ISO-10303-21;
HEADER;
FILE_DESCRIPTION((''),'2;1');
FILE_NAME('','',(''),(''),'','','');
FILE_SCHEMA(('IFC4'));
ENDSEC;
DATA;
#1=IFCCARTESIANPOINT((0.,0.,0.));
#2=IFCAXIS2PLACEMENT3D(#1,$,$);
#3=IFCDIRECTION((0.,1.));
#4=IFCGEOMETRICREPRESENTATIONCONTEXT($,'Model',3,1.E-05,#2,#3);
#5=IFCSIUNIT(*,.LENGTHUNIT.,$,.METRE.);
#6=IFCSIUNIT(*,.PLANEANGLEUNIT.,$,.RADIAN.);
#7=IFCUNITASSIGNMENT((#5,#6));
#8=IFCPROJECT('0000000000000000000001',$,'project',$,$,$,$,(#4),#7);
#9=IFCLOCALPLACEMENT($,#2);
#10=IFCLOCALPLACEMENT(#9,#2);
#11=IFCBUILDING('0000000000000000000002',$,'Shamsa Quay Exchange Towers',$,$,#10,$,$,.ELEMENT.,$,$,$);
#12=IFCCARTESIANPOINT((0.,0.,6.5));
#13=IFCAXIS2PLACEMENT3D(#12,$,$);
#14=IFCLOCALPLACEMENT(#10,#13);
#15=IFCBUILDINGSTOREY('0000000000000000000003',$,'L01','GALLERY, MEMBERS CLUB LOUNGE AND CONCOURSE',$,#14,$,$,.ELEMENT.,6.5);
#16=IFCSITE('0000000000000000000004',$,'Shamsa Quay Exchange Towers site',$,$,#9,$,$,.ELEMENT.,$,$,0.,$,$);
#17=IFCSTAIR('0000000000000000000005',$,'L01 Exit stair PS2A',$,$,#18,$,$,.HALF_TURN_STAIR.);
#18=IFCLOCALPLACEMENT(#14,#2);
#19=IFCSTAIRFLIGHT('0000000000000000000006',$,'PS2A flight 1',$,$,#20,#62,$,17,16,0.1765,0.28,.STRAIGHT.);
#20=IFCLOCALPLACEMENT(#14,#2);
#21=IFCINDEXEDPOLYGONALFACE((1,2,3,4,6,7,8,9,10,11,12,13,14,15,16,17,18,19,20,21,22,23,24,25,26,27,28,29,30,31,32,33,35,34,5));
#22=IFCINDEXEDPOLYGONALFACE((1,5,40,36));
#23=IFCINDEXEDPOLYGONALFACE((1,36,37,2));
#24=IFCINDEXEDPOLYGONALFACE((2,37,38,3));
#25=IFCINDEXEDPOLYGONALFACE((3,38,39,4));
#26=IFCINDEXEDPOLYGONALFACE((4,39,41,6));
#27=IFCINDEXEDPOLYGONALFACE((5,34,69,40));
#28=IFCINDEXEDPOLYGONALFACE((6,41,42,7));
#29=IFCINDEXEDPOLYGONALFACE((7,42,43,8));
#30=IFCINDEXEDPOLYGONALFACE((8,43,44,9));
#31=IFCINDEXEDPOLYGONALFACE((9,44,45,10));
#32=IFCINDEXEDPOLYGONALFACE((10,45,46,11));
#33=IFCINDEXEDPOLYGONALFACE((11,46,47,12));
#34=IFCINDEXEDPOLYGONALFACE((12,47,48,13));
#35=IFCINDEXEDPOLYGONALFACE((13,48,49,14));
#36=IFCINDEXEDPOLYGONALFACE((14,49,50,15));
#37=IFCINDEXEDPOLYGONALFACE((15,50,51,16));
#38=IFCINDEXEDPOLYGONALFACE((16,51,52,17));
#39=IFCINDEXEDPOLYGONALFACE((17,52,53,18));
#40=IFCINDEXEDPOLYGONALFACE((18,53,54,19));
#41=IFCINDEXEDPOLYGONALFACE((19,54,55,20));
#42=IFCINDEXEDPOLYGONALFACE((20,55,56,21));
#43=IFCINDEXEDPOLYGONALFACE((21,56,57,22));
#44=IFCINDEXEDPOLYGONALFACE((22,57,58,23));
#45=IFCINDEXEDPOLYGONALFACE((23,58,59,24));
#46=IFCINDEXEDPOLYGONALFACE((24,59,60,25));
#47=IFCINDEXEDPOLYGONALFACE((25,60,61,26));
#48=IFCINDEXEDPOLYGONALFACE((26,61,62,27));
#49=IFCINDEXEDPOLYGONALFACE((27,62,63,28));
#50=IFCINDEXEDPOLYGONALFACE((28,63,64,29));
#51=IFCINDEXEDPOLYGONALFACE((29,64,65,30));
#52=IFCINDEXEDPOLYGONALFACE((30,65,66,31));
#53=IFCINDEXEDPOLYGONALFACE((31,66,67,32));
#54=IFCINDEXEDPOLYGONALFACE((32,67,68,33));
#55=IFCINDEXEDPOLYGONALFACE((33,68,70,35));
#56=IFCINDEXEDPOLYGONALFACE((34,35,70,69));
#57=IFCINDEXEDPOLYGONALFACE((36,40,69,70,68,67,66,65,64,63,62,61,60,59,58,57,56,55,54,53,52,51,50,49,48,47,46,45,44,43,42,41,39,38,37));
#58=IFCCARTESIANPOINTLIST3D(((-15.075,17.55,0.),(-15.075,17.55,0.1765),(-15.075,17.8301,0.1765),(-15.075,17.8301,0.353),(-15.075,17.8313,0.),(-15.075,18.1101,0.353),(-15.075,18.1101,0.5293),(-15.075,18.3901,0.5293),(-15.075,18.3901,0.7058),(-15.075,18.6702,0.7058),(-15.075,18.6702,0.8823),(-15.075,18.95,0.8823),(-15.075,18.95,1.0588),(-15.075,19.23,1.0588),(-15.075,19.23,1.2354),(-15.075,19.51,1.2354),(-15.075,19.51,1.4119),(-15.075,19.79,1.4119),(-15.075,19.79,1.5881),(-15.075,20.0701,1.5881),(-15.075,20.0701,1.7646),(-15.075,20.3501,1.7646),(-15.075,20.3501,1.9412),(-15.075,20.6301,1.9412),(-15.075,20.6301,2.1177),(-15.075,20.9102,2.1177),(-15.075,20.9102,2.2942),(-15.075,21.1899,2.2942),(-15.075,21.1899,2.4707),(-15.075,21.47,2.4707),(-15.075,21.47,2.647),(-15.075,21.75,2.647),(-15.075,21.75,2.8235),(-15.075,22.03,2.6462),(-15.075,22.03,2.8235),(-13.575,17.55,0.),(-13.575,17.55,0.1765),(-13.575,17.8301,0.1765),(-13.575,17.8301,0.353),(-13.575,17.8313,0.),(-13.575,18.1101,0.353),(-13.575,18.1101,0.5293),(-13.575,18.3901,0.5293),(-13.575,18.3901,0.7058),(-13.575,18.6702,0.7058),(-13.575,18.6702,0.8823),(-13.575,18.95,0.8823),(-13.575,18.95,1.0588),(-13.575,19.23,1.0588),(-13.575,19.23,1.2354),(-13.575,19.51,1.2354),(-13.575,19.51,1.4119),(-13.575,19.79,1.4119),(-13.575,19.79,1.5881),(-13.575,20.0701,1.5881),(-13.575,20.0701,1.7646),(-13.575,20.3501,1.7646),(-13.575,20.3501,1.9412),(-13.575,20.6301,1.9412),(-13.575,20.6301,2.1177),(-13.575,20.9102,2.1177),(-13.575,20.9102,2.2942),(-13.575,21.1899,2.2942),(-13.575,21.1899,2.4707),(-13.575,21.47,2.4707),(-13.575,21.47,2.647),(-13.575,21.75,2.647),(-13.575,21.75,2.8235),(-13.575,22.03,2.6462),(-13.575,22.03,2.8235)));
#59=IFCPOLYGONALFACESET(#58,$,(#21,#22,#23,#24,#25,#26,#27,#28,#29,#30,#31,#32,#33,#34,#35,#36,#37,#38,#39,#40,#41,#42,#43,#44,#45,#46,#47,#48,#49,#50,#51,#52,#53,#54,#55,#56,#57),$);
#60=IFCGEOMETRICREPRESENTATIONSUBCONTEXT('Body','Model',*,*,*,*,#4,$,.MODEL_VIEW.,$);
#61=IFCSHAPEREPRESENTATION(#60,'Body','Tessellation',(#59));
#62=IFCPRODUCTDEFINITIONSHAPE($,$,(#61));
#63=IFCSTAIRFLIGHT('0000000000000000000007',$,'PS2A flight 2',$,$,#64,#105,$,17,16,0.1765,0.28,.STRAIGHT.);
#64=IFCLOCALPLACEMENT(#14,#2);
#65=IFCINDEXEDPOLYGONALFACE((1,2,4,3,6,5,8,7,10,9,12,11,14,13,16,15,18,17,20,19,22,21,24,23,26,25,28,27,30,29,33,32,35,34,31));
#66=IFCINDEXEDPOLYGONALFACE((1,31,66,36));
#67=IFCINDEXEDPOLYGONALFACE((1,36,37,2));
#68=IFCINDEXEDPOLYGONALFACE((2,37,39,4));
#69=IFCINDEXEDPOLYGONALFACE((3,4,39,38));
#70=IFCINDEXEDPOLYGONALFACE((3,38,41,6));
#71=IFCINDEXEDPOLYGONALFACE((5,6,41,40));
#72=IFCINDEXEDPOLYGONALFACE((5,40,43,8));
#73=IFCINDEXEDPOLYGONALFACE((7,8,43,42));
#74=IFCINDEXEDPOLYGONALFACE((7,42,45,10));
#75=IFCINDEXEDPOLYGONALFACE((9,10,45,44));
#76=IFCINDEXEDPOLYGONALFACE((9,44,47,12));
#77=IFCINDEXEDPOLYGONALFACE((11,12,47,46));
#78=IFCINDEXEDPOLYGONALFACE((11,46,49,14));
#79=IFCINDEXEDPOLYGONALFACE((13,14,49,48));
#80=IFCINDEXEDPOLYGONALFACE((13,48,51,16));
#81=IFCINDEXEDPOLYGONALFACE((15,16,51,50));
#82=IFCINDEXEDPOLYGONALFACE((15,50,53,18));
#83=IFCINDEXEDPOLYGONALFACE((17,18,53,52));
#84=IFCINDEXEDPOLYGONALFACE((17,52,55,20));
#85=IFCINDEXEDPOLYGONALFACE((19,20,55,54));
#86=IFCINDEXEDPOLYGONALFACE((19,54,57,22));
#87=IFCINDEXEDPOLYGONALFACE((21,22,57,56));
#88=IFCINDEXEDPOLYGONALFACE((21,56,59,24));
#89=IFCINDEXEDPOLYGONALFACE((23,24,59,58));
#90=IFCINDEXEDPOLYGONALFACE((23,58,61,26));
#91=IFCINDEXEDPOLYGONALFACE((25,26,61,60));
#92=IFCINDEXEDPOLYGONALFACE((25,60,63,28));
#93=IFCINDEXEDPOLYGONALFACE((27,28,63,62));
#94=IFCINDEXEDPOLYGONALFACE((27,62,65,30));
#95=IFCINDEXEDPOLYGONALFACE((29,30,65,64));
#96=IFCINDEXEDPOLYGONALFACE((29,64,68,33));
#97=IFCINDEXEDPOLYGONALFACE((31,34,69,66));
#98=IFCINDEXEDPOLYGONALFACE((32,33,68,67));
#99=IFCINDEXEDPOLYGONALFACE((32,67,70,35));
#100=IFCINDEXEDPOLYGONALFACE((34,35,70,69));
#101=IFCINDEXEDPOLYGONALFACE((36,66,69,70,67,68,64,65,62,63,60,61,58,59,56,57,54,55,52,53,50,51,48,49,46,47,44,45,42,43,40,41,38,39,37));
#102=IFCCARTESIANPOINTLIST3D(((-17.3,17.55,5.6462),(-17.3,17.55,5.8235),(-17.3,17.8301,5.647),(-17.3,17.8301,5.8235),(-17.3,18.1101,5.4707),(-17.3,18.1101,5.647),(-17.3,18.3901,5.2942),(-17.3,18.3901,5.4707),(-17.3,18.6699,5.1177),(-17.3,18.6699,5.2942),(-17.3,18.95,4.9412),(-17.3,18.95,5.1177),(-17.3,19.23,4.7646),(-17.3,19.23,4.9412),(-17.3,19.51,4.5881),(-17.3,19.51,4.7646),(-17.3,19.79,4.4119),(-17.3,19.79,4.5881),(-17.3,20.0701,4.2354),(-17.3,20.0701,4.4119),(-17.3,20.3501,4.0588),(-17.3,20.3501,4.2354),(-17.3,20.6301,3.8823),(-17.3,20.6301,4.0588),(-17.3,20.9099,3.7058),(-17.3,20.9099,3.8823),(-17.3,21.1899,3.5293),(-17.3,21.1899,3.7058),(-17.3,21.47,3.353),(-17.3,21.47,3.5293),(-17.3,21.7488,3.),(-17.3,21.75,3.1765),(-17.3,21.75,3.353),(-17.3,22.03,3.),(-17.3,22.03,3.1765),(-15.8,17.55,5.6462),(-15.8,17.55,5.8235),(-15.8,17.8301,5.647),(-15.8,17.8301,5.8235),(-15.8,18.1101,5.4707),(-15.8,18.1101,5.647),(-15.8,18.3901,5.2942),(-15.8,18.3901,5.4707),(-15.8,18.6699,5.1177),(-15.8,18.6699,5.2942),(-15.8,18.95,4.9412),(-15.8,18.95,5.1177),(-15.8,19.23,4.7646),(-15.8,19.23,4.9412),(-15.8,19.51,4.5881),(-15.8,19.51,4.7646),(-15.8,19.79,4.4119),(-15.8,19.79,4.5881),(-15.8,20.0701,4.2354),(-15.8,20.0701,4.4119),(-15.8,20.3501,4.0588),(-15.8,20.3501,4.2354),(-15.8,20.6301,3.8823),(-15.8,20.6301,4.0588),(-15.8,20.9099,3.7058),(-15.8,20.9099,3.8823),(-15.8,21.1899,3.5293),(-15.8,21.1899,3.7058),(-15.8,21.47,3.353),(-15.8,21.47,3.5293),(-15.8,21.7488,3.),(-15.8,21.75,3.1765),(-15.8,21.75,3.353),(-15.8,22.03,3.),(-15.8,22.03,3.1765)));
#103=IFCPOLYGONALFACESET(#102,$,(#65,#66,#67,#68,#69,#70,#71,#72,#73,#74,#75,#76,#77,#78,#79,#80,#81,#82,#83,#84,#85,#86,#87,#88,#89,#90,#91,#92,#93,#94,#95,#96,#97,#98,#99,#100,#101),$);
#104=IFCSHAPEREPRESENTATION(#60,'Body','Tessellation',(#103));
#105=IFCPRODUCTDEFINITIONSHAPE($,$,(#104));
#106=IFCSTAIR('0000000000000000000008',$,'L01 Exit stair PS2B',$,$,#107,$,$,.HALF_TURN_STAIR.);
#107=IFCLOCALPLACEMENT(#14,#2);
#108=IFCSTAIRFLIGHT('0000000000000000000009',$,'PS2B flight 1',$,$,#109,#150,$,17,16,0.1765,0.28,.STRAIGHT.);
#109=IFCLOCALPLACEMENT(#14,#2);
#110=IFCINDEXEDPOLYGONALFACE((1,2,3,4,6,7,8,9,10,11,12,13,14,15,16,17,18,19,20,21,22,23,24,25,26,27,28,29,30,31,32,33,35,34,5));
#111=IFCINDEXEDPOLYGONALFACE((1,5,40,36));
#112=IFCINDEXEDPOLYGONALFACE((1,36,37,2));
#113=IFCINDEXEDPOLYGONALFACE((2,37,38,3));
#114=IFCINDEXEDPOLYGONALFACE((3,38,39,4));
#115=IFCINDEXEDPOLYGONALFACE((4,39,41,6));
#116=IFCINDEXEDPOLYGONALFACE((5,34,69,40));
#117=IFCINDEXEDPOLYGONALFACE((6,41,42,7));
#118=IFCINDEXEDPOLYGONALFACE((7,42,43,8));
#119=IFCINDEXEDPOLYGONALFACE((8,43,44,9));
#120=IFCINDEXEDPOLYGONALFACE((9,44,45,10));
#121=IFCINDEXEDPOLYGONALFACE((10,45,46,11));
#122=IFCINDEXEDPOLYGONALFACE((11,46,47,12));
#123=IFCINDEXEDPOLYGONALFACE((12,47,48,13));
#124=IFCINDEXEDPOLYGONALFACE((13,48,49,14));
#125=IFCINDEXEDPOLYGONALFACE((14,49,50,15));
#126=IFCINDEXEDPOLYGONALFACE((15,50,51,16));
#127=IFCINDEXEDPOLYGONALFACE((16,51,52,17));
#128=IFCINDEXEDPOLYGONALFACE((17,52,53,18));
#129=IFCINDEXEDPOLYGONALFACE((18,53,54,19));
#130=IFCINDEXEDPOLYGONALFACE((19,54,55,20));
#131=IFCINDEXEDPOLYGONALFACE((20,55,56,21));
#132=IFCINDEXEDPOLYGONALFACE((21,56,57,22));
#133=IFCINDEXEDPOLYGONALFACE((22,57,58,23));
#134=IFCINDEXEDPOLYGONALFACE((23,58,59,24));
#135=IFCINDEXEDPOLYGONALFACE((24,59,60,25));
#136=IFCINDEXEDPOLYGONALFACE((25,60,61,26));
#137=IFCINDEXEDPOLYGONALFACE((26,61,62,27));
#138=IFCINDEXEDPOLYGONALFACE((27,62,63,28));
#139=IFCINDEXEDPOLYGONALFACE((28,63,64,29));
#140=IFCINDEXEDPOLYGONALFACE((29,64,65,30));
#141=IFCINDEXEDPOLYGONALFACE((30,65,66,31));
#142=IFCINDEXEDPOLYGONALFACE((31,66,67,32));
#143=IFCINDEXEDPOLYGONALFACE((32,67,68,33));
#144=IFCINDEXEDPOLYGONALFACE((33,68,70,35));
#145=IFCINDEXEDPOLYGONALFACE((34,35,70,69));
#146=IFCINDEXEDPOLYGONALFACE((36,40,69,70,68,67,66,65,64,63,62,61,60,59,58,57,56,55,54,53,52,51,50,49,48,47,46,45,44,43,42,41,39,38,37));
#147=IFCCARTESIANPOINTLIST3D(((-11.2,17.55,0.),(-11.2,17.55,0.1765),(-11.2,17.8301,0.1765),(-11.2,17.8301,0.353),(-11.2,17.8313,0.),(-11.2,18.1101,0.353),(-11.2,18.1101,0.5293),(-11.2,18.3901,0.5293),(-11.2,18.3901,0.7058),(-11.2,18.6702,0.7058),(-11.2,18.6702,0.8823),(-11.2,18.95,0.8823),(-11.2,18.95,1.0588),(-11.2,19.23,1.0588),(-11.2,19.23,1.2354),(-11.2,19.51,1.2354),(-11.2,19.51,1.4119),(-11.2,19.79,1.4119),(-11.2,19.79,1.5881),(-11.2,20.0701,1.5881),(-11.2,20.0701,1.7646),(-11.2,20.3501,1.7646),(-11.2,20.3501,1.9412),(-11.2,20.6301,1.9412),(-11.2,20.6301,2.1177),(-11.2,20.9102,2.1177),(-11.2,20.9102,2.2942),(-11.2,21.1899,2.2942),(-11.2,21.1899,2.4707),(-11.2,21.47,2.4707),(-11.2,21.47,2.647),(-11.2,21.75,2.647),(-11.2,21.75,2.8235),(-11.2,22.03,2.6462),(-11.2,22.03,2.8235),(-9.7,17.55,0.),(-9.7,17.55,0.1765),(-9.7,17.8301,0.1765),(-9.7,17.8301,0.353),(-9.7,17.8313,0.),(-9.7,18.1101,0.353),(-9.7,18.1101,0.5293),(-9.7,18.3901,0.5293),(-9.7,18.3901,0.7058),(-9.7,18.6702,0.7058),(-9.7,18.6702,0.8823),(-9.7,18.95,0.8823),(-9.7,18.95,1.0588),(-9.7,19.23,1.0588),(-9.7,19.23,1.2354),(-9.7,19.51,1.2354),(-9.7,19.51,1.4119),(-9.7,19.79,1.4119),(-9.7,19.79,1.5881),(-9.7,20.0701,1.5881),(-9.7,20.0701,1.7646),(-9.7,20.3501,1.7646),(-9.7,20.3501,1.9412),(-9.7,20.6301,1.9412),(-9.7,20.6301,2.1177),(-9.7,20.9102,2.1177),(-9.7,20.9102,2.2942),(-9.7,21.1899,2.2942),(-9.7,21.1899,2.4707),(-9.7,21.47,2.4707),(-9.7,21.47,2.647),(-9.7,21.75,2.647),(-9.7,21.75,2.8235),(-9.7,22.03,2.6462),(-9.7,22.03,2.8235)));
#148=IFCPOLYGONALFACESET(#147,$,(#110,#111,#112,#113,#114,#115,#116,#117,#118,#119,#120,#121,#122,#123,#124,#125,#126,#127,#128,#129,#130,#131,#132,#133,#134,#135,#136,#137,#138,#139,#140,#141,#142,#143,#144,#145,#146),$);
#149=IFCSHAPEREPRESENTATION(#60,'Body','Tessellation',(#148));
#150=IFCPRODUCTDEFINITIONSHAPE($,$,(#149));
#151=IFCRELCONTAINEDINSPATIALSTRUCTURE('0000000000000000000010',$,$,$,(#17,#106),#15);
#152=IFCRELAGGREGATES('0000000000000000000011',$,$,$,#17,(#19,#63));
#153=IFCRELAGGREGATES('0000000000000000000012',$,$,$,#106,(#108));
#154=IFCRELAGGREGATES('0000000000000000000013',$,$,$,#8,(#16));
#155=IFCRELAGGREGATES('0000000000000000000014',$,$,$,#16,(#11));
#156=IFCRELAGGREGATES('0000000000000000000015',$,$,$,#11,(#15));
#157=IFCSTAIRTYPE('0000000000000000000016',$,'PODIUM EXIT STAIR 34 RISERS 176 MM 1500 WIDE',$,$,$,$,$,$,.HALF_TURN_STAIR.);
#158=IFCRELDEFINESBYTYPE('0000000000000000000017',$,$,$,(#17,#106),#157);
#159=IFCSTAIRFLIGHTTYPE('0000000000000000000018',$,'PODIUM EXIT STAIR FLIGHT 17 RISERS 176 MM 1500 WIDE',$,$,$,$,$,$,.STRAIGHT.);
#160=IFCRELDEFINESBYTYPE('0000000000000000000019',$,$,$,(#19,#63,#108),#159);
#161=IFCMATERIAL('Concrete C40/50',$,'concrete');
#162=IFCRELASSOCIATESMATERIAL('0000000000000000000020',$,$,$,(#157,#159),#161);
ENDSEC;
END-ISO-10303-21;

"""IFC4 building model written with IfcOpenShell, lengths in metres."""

from ifc_helpers import new_model, si_unit, direction, frame, origin, place, context, subcontext, project, spatial, polyline, outline, extrude, material, type_object, element, aggregate, save


model = new_model("IFC4")

# Units and contexts
model_context = context("Model", 3, precision=1e-05, world=origin(), true_north=direction((0.0, 1.0)))
body_context = subcontext(model_context, "Body", "Model", "MODEL_VIEW")
ifc_project = project(units=[si_unit("LENGTHUNIT", "METRE"), si_unit("PLANEANGLEUNIT", "RADIAN")], contexts=[model_context])

# Site, building, storey
site_placement = place(None, origin())
site = spatial("IfcSite", under=ifc_project, at=site_placement, Name="Shamsa Quay Exchange Towers site", CompositionType="ELEMENT", RefElevation=0.0)
building_placement = place(site_placement, origin())
building = spatial("IfcBuilding", under=site, at=building_placement, Name="Shamsa Quay Exchange Towers", CompositionType="ELEMENT")
storey_placement = place(building_placement, frame((0.0, 0.0, 6.5)))
storey = spatial("IfcBuildingStorey", under=building, at=storey_placement, Name="L01", Description="GALLERY, MEMBERS CLUB LOUNGE AND CONCOURSE", CompositionType="ELEMENT", Elevation=6.5)

# Stairs, stair flights
ifc_material_1 = material(Name="Concrete C40/50", Category="concrete")
stair_type = type_object("IfcStairType", Name="PODIUM EXIT STAIR 34 RISERS 176 MM 1500 WIDE", PredefinedType="HALF_TURN_STAIR", material=ifc_material_1)
stair_1_placement = place(storey_placement, origin())
stair_1 = element("IfcStair", 1, at=stair_1_placement, inside=storey, type_object=stair_type, Name="L01 Exit stair PS2A", PredefinedType="HALF_TURN_STAIR")
stair_flight_type = type_object("IfcStairFlightType", Name="PODIUM EXIT STAIR FLIGHT 17 RISERS 176 MM 1500 WIDE", PredefinedType="STRAIGHT", material=ifc_material_1)
stair_flight_1_placement = place(storey_placement, frame((-14.325, 17.55, 0.0), z_axis=(0.0, 0.0, 1.0), x_axis=(0.0, 1.0, 0.0)))
stair_flight_1 = element("IfcStairFlight", 2, at=stair_flight_1_placement, type_object=stair_flight_type, Name="PS2A flight 1", NumberOfRisers=17, NumberOfTreads=16, PredefinedType="STRAIGHT", RiserHeight=0.1765, TreadLength=0.28, context=body_context, shape_type="SweptSolid", body=[
    extrude(outline(polyline([(0.0, 0.0), (0.0, 0.1765), (0.28, 0.1765), (0.28, 0.353), (0.5601, 0.353), (0.5601, 0.5293), (0.8401, 0.5293), (0.8401, 0.7058), (1.1201, 0.7058), (1.1201, 0.8823), (1.3999, 0.8823), (1.3999, 1.0588), (1.6799, 1.0588), (1.6799, 1.2354), (1.96, 1.2354), (1.96, 1.4119), (2.24, 1.4119), (2.24, 1.5881), (2.52, 1.5881), (2.52, 1.7646), (2.8, 1.7646), (2.8, 1.9412), (3.0801, 1.9412), (3.0801, 2.1177), (3.3601, 2.1177), (3.3601, 2.2942), (3.6399, 2.2942), (3.6399, 2.4707), (3.9199, 2.4707), (3.9199, 2.647), (4.2, 2.647), (4.2, 2.8235), (4.48, 2.8235), (4.48, 3.0), (4.48, 2.6462), (0.2812, 0.0), (0.0, 0.0)])), frame((0.0, 0.75, 0.0), z_axis=(0.0, -1.0, 0.0), x_axis=(1.0, 0.0, 0.0)), (0.0, 0.0, 1.0), 1.5),
])
stair_flight_2_placement = place(storey_placement, frame((-16.55, 22.03, 3.0), z_axis=(0.0, 0.0, 1.0), x_axis=(0.0, -1.0, 0.0)))
stair_flight_2 = element("IfcStairFlight", 3, at=stair_flight_2_placement, type_object=stair_flight_type, Name="PS2A flight 2", NumberOfRisers=17, NumberOfTreads=16, PredefinedType="STRAIGHT", RiserHeight=0.1765, TreadLength=0.28, context=body_context, shape_type="SweptSolid", body=[
    extrude(outline(polyline([(0.0, 0.0), (0.0, 0.1765), (0.28, 0.1765), (0.28, 0.353), (0.5601, 0.353), (0.5601, 0.5293), (0.8401, 0.5293), (0.8401, 0.7058), (1.1201, 0.7058), (1.1201, 0.8823), (1.3999, 0.8823), (1.3999, 1.0588), (1.6799, 1.0588), (1.6799, 1.2354), (1.96, 1.2354), (1.96, 1.4119), (2.24, 1.4119), (2.24, 1.5881), (2.52, 1.5881), (2.52, 1.7646), (2.8, 1.7646), (2.8, 1.9412), (3.0801, 1.9412), (3.0801, 2.1177), (3.3601, 2.1177), (3.3601, 2.2942), (3.6399, 2.2942), (3.6399, 2.4707), (3.9199, 2.4707), (3.9199, 2.647), (4.2, 2.647), (4.2, 2.8235), (4.48, 2.8235), (4.48, 3.0), (4.48, 2.6462), (0.2812, 0.0), (0.0, 0.0)])), frame((0.0, 0.75, 0.0), z_axis=(0.0, -1.0, 0.0), x_axis=(1.0, 0.0, 0.0)), (0.0, 0.0, 1.0), 1.5),
])
aggregate(stair_1, [stair_flight_1, stair_flight_2])
stair_2_placement = place(storey_placement, origin())
stair_2 = element("IfcStair", 4, at=stair_2_placement, inside=storey, type_object=stair_type, Name="L01 Exit stair PS2B", PredefinedType="HALF_TURN_STAIR")
stair_flight_3_placement = place(storey_placement, frame((-10.45, 17.55, 0.0), z_axis=(0.0, 0.0, 1.0), x_axis=(0.0, 1.0, 0.0)))
stair_flight_3 = element("IfcStairFlight", 5, at=stair_flight_3_placement, type_object=stair_flight_type, Name="PS2B flight 1", NumberOfRisers=17, NumberOfTreads=16, PredefinedType="STRAIGHT", RiserHeight=0.1765, TreadLength=0.28, context=body_context, shape_type="SweptSolid", body=[
    extrude(outline(polyline([(0.0, 0.0), (0.0, 0.1765), (0.28, 0.1765), (0.28, 0.353), (0.5601, 0.353), (0.5601, 0.5293), (0.8401, 0.5293), (0.8401, 0.7058), (1.1201, 0.7058), (1.1201, 0.8823), (1.3999, 0.8823), (1.3999, 1.0588), (1.6799, 1.0588), (1.6799, 1.2354), (1.96, 1.2354), (1.96, 1.4119), (2.24, 1.4119), (2.24, 1.5881), (2.52, 1.5881), (2.52, 1.7646), (2.8, 1.7646), (2.8, 1.9412), (3.0801, 1.9412), (3.0801, 2.1177), (3.3601, 2.1177), (3.3601, 2.2942), (3.6399, 2.2942), (3.6399, 2.4707), (3.9199, 2.4707), (3.9199, 2.647), (4.2, 2.647), (4.2, 2.8235), (4.48, 2.8235), (4.48, 3.0), (4.48, 2.6462), (0.2812, 0.0), (0.0, 0.0)])), frame((0.0, 0.75, 0.0), z_axis=(0.0, -1.0, 0.0), x_axis=(1.0, 0.0, 0.0)), (0.0, 0.0, 1.0), 1.5),
])
aggregate(stair_2, [stair_flight_3])

save(model, "model.ifc")
